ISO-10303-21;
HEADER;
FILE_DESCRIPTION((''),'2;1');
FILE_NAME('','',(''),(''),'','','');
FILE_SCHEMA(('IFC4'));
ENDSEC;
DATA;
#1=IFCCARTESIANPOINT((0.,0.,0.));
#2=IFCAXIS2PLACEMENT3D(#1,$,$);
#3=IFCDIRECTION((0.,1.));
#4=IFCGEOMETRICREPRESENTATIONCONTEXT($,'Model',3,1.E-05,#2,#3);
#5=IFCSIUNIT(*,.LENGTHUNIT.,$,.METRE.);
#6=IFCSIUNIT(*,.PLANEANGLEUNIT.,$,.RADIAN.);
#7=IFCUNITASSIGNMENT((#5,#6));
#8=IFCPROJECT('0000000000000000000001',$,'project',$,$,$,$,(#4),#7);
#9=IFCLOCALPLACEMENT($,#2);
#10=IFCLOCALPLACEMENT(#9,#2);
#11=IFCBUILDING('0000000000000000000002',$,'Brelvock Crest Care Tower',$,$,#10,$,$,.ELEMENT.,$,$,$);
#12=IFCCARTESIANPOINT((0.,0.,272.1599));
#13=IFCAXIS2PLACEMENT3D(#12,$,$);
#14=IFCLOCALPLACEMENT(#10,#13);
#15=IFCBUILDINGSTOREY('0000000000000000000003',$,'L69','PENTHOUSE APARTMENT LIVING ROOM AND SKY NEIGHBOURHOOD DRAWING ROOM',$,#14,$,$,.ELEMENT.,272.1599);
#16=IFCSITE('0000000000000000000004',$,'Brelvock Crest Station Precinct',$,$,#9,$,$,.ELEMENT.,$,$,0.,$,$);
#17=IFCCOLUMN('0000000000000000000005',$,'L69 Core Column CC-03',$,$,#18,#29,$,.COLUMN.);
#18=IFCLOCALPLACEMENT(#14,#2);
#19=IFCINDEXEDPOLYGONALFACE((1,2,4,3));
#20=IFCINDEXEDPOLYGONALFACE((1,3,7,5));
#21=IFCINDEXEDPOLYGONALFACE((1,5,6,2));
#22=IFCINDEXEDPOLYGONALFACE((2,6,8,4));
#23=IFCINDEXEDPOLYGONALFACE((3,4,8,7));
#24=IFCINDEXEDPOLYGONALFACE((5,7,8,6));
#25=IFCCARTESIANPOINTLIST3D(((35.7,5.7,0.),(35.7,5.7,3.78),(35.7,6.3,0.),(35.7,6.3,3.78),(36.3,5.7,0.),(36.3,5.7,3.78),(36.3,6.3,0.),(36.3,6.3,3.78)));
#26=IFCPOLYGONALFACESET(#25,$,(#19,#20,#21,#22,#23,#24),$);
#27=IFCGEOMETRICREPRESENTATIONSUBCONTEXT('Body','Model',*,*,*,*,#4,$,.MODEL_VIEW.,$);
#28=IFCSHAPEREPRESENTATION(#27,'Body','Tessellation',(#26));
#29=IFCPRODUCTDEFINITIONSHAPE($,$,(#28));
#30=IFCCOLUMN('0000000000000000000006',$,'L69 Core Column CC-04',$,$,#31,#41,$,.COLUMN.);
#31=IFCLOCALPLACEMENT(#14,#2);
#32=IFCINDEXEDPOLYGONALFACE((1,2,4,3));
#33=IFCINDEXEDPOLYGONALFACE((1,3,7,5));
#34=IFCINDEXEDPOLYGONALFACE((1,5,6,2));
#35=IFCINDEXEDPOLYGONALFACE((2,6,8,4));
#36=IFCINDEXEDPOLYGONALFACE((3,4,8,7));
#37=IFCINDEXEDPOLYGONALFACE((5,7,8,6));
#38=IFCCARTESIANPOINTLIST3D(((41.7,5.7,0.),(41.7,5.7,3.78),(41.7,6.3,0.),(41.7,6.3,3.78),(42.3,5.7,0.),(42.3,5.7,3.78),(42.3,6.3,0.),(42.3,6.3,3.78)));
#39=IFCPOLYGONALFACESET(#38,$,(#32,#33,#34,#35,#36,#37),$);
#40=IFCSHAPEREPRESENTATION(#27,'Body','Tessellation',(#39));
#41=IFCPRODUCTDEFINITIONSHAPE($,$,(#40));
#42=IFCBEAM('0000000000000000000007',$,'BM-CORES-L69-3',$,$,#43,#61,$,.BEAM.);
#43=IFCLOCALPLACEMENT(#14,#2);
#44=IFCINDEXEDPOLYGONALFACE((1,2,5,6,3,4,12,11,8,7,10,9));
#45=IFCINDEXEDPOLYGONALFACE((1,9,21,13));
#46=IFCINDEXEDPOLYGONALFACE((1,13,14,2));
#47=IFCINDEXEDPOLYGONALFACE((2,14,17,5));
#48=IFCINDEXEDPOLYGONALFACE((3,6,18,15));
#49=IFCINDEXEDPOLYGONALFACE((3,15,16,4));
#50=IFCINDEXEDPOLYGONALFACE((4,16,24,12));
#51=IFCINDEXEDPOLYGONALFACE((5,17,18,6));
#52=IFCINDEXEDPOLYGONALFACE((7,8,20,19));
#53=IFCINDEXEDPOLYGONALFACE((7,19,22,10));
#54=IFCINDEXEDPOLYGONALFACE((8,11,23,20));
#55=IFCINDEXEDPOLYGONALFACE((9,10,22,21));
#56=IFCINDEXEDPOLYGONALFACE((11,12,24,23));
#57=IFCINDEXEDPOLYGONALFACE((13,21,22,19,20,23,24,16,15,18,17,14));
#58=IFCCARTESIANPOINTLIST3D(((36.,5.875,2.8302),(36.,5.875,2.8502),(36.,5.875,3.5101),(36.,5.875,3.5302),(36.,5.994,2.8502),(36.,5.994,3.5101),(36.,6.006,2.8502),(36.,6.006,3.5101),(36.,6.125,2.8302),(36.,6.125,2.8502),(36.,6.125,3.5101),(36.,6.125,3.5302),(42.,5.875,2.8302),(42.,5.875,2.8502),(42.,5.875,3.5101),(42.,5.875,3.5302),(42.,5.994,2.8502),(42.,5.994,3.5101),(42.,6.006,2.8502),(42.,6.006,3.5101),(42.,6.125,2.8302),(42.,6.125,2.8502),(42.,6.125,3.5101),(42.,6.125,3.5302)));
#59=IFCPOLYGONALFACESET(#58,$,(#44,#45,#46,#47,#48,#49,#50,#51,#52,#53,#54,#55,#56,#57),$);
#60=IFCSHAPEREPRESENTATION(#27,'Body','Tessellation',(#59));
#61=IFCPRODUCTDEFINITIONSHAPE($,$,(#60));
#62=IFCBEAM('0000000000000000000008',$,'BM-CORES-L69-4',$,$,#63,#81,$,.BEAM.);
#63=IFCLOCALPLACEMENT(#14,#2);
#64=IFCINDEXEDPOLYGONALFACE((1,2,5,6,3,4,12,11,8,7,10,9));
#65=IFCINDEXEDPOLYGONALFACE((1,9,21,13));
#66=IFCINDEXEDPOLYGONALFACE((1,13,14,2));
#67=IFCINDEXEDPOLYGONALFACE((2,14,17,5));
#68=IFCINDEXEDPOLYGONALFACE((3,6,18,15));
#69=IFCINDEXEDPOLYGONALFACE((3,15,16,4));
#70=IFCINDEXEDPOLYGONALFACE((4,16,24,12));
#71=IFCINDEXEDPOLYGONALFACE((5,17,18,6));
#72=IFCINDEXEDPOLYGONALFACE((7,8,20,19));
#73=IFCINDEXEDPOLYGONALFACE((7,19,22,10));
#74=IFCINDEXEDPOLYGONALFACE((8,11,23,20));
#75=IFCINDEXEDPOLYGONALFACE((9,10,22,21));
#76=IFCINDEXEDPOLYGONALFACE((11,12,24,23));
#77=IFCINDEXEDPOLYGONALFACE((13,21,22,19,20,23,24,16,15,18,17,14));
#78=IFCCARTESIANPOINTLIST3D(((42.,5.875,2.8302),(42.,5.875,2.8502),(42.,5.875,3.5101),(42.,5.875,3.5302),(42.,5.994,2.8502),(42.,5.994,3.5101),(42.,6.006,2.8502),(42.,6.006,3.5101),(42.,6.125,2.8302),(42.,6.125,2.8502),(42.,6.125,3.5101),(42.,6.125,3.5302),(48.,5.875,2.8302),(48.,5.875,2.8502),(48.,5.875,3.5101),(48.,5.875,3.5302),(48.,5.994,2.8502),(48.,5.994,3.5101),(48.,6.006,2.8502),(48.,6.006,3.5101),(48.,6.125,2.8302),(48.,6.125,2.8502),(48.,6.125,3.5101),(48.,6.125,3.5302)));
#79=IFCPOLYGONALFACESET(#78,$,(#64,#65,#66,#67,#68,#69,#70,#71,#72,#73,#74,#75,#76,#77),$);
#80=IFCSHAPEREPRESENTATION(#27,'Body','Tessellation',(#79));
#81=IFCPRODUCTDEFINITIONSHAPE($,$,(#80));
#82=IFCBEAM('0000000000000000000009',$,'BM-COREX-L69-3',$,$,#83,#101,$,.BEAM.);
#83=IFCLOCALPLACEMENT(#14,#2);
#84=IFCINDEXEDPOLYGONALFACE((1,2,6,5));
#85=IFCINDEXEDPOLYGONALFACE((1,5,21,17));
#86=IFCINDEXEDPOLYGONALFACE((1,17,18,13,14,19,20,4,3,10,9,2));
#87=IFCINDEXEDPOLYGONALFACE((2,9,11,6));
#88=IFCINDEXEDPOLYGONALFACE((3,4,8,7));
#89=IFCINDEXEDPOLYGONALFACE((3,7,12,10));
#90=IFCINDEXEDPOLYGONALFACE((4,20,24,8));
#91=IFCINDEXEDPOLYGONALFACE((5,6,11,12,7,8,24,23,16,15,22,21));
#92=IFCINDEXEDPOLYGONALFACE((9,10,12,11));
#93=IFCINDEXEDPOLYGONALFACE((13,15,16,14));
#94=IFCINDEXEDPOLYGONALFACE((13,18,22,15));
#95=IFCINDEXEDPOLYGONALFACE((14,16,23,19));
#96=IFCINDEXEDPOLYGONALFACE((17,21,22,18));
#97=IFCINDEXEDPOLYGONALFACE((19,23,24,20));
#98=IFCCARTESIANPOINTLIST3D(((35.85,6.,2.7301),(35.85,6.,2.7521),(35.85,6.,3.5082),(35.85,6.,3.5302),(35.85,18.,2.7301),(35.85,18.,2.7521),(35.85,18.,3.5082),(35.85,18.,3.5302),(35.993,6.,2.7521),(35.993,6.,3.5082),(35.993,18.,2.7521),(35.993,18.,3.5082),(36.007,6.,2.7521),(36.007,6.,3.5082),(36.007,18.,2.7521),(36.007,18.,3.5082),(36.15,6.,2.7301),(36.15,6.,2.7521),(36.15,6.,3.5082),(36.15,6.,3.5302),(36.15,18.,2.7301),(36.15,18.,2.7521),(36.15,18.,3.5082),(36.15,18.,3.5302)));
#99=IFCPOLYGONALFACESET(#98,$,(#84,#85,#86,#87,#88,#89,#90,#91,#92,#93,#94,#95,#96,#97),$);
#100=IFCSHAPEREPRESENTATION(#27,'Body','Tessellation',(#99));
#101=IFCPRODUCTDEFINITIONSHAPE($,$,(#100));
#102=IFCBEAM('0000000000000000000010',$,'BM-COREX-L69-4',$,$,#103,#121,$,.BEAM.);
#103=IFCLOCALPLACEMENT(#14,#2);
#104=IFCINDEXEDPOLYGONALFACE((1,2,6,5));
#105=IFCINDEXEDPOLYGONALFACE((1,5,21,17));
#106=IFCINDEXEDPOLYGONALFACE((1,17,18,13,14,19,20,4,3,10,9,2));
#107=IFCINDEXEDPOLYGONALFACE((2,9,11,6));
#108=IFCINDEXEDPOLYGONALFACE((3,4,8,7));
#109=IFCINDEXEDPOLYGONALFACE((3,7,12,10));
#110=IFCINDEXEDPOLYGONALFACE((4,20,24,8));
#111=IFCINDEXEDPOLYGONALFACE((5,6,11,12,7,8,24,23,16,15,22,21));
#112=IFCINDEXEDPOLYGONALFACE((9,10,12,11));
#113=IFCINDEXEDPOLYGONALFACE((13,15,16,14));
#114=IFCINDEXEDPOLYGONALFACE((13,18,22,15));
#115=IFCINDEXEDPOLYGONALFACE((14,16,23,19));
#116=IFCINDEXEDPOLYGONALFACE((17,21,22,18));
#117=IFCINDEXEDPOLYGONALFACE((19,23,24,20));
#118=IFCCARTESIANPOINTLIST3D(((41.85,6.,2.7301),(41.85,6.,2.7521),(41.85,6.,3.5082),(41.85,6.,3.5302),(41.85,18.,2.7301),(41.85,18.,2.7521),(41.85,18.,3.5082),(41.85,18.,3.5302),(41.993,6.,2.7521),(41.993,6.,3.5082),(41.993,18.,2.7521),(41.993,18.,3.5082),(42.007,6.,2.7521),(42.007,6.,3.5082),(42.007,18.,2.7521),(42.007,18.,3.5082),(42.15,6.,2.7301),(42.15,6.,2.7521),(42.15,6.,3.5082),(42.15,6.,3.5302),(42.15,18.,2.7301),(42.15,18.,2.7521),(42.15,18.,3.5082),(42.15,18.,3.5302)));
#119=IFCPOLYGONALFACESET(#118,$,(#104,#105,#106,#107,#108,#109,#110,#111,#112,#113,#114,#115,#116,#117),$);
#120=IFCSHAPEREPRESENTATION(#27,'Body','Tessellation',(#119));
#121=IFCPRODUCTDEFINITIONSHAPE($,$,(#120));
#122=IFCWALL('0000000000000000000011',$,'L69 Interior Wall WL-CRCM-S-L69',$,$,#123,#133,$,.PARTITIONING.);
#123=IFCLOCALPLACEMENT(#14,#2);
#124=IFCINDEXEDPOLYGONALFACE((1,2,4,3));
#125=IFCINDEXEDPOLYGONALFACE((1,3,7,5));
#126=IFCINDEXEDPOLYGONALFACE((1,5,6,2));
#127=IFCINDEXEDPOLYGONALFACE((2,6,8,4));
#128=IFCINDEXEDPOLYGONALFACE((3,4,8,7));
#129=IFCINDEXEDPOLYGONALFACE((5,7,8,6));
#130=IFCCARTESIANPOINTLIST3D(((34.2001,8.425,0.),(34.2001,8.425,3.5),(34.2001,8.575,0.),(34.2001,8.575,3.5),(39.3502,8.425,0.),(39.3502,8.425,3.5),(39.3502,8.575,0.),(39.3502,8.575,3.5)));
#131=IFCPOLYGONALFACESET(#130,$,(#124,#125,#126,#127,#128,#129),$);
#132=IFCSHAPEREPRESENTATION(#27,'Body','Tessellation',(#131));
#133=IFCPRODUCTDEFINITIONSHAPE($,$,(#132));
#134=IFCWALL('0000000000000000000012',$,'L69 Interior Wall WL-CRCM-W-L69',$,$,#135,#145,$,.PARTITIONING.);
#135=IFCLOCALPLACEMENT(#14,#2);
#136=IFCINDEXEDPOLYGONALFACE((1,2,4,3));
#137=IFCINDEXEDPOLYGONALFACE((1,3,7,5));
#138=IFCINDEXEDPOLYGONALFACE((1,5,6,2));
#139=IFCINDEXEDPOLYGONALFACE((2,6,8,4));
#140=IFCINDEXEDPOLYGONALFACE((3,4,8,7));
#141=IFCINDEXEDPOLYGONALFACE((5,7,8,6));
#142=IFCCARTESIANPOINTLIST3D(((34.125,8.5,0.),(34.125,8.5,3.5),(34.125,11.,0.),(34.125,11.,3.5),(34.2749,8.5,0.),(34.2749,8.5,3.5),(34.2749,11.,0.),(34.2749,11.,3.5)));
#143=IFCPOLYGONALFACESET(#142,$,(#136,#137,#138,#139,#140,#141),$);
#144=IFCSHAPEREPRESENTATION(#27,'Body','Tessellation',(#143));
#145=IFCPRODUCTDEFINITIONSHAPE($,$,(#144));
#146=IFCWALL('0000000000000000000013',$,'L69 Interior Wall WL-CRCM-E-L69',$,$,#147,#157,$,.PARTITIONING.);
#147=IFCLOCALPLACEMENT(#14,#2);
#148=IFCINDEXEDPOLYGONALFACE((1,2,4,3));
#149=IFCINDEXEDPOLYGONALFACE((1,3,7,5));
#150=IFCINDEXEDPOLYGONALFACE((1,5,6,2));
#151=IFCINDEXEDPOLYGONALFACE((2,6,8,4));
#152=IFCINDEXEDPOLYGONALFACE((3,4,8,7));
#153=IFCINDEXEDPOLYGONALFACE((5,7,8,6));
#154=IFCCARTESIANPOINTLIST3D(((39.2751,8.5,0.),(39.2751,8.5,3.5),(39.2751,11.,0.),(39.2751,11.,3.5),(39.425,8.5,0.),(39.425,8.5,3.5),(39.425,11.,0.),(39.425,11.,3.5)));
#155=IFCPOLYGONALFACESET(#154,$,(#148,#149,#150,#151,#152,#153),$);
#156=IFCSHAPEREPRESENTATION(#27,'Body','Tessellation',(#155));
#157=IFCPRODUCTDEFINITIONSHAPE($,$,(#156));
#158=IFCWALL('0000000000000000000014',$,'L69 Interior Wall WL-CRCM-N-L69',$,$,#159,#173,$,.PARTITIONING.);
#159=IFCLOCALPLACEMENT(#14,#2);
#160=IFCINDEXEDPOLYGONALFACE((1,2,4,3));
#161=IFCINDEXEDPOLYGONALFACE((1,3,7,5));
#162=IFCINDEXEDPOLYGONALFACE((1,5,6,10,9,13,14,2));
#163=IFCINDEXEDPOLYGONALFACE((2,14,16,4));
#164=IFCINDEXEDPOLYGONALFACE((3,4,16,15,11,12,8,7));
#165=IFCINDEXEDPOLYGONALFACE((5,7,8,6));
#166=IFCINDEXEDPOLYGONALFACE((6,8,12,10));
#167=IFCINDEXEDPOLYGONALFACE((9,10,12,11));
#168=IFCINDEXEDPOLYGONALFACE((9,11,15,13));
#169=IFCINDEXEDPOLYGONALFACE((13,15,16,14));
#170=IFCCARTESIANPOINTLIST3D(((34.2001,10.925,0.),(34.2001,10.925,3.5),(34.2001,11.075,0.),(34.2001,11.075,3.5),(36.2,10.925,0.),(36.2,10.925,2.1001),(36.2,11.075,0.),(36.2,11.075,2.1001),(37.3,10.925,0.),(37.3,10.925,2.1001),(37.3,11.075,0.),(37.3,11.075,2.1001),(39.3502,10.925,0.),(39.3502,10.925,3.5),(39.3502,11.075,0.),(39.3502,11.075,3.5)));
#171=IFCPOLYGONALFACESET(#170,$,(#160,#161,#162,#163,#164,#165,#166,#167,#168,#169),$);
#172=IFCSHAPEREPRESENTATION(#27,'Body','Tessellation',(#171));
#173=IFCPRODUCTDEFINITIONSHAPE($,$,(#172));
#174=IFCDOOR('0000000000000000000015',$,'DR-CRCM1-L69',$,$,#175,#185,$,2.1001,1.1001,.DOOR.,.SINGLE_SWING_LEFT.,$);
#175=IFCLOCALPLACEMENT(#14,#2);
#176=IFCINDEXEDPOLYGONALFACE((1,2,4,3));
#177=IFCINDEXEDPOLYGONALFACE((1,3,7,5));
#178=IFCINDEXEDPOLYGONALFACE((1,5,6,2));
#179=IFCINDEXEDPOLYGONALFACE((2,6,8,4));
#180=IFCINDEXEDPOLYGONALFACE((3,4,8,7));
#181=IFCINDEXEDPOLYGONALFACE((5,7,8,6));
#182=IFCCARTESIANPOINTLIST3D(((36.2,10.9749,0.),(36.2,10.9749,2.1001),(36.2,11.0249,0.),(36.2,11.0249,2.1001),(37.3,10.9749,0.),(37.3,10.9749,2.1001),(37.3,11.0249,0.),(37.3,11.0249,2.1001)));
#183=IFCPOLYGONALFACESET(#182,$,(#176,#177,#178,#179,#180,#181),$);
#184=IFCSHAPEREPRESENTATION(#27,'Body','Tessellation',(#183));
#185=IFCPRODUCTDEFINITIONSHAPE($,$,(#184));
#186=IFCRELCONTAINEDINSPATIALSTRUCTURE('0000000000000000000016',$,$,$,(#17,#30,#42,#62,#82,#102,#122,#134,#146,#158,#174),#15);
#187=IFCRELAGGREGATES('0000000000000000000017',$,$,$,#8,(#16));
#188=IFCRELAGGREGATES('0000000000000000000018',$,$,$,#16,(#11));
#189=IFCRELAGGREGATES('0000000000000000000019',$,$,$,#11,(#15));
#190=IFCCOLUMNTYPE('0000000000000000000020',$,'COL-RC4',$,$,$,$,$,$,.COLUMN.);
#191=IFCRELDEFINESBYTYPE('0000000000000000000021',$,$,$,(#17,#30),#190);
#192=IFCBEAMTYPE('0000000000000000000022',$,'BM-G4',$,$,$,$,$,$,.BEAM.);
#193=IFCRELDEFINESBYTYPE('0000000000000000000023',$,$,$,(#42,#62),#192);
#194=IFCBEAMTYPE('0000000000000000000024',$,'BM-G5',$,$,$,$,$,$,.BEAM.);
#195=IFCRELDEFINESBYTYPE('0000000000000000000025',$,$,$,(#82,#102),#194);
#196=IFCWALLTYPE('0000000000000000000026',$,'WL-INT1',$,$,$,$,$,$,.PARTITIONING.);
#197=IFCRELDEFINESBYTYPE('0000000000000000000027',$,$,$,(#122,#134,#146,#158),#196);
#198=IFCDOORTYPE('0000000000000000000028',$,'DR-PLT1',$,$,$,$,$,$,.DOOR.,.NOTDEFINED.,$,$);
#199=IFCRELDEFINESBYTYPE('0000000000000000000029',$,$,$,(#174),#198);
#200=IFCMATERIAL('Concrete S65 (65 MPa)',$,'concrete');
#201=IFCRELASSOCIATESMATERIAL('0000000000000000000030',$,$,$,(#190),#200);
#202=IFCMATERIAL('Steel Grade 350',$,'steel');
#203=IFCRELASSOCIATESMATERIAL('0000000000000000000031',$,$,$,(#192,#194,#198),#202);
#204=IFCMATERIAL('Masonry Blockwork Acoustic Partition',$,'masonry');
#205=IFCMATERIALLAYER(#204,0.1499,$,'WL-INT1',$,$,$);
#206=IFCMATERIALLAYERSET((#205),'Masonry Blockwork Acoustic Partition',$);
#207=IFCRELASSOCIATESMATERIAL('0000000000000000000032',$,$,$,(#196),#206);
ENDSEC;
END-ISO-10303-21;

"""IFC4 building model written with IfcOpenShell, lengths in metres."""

from ifc_helpers import new_model, si_unit, direction, frame, frame_2d, origin, origin_2d, place, context, subcontext, project, spatial, rectangle, i_section, extrude, source, transform, mapped, material, layer, layer_set, material_profile, profile_set, type_object, element, fill, save


model = new_model("IFC4")

# Units and contexts
model_context = context("Model", 3, precision=1e-05, world=origin(), true_north=direction((0.0, 1.0)))
body_context = subcontext(model_context, "Body", "Model", "MODEL_VIEW")
ifc_project = project(units=[si_unit("LENGTHUNIT", "METRE"), si_unit("PLANEANGLEUNIT", "RADIAN")], contexts=[model_context])

# Site, building, storey
site_placement = place(None, origin())
site = spatial("IfcSite", under=ifc_project, at=site_placement, Name="Brelvock Crest Station Precinct", CompositionType="ELEMENT", RefElevation=0.0)
building_placement = place(site_placement, origin())
building = spatial("IfcBuilding", under=site, at=building_placement, Name="Brelvock Crest Care Tower", CompositionType="ELEMENT")
storey_placement = place(building_placement, frame((0.0, 0.0, 272.1599)))
storey = spatial("IfcBuildingStorey", under=building, at=storey_placement, Name="L69", Description="PENTHOUSE APARTMENT LIVING ROOM AND SKY NEIGHBOURHOOD DRAWING ROOM", CompositionType="ELEMENT", Elevation=272.1599)

# Columns
ifc_material_1 = material(Name="Concrete S65 (65 MPa)", Category="concrete")
ifc_material_profile_1 = material_profile(ifc_material_1, rectangle(XDim=0.6001, YDim=0.6001, at=origin_2d()), Name="RC600x600")
ifc_profile_set_1 = profile_set([ifc_material_profile_1], Name="Concrete S65 (65 MPa)")
column_type = type_object("IfcColumnType", Name="COL-RC4", PredefinedType="COLUMN", material=ifc_profile_set_1)
shared_shape_1 = source(origin(), body_context, "Body", "SweptSolid", [
    extrude(rectangle(XDim=0.6001, YDim=0.6001, at=origin_2d()), origin(), (0.0, 0.0, 1.0), 3.78),
])
for number, where, z_axis, x_axis, name in (
    (1, (36.0, 6.0, 0.0), (0.0, 0.0, 1.0), (1.0, 0.0, 0.0), "L69 Core Column CC-03"),
    (2, (42.0, 6.0, 0.0), (0.0, 0.0, 1.0), (1.0, 0.0, 0.0), "L69 Core Column CC-04"),
):
    element("IfcColumn", number, at=place(storey_placement, frame(where, z_axis=z_axis, x_axis=x_axis)), inside=storey, type_object=column_type, Name=name, PredefinedType="COLUMN", context=body_context, shape_type="MappedRepresentation", body=[
        mapped(shared_shape_1, transform((0.0, 0.0, 0.0), x_axis=(1.0, 0.0, 0.0), y_axis=(0.0, 1.0, 0.0), z_axis=(0.0, 0.0, 1.0), scale=1.0)),
    ])

# Beams
ifc_material_2 = material(Name="Steel Grade 350", Category="steel")
ifc_material_profile_2 = material_profile(ifc_material_2, i_section(OverallWidth=0.25, OverallDepth=0.7, WebThickness=0.012, FlangeThickness=0.02, at=origin_2d()), Name="700WB150")
ifc_profile_set_2 = profile_set([ifc_material_profile_2], Name="Steel Grade 350")
beam_type_1 = type_object("IfcBeamType", Name="BM-G4", PredefinedType="BEAM", material=ifc_profile_set_2)
shared_shape_2 = source(origin(), body_context, "Body", "SweptSolid", [
    extrude(i_section(OverallWidth=0.25, OverallDepth=0.7, WebThickness=0.012, FlangeThickness=0.02, at=origin_2d()), origin(), (0.0, 0.0, 1.0), 6.0),
])
for number, where, z_axis, x_axis, name in (
    (3, (36.0, 6.0, 3.1802), (1.0, 0.0, 0.0), (0.0, 1.0, 0.0), "BM-CORES-L69-3"),
    (4, (42.0, 6.0, 3.1802), (1.0, 0.0, 0.0), (0.0, 1.0, 0.0), "BM-CORES-L69-4"),
):
    element("IfcBeam", number, at=place(storey_placement, frame(where, z_axis=z_axis, x_axis=x_axis)), inside=storey, type_object=beam_type_1, Name=name, PredefinedType="BEAM", context=body_context, shape_type="MappedRepresentation", body=[
        mapped(shared_shape_2, transform((0.0, 0.0, 0.0), x_axis=(1.0, 0.0, 0.0), y_axis=(0.0, 1.0, 0.0), z_axis=(0.0, 0.0, 1.0), scale=1.0)),
    ])
ifc_material_profile_3 = material_profile(ifc_material_2, i_section(OverallWidth=0.3, OverallDepth=0.8, WebThickness=0.0139, FlangeThickness=0.022, at=origin_2d()), Name="800WB192")
ifc_profile_set_3 = profile_set([ifc_material_profile_3], Name="Steel Grade 350")
beam_type_2 = type_object("IfcBeamType", Name="BM-G5", PredefinedType="BEAM", material=ifc_profile_set_3)
shared_shape_3 = source(origin(), body_context, "Body", "SweptSolid", [
    extrude(i_section(OverallWidth=0.3, OverallDepth=0.8, WebThickness=0.0139, FlangeThickness=0.022, at=origin_2d()), origin(), (0.0, 0.0, 1.0), 12.0),
])
for number, where, z_axis, x_axis, name in (
    (5, (36.0, 6.0, 3.1301), (0.0, 1.0, 0.0), (-1.0, 0.0, 0.0), "BM-COREX-L69-3"),
    (6, (42.0, 6.0, 3.1301), (0.0, 1.0, 0.0), (-1.0, 0.0, 0.0), "BM-COREX-L69-4"),
):
    element("IfcBeam", number, at=place(storey_placement, frame(where, z_axis=z_axis, x_axis=x_axis)), inside=storey, type_object=beam_type_2, Name=name, PredefinedType="BEAM", context=body_context, shape_type="MappedRepresentation", body=[
        mapped(shared_shape_3, transform((0.0, 0.0, 0.0), x_axis=(1.0, 0.0, 0.0), y_axis=(0.0, 1.0, 0.0), z_axis=(0.0, 0.0, 1.0), scale=1.0)),
    ])

# Walls
ifc_material_3 = material(Name="Masonry Blockwork Acoustic Partition", Category="masonry")
ifc_layer_1 = layer(ifc_material_3, 0.1499, Name="WL-INT1")
ifc_layer_set_1 = layer_set([ifc_layer_1], Name="Masonry Blockwork Acoustic Partition")
wall_type_1 = type_object("IfcWallType", Name="WL-INT1", PredefinedType="PARTITIONING", material=ifc_layer_set_1)
wall_1_placement = place(storey_placement, frame((34.2, 8.5, 0.0), z_axis=(0.0, 0.0, 1.0), x_axis=(1.0, 0.0, 0.0)))
element("IfcWall", 7, at=wall_1_placement, inside=storey, type_object=wall_type_1, Name="L69 Interior Wall WL-CRCM-S-L69", PredefinedType="PARTITIONING", context=body_context, shape_type="SweptSolid", body=[
    extrude(rectangle(XDim=5.1501, YDim=0.1499, at=frame_2d((2.5752, 0.0))), origin(), (0.0, 0.0, 1.0), 3.5),
])
for number, where, z_axis, x_axis, name in (
    (8, (34.2, 8.5, 0.0), (0.0, 0.0, 1.0), (0.0, 1.0, 0.0), "L69 Interior Wall WL-CRCM-W-L69"),
    (9, (39.3501, 8.5, 0.0), (0.0, 0.0, 1.0), (0.0, 1.0, 0.0), "L69 Interior Wall WL-CRCM-E-L69"),
):
    element("IfcWall", number, at=place(storey_placement, frame(where, z_axis=z_axis, x_axis=x_axis)), inside=storey, type_object=wall_type_1, Name=name, PredefinedType="PARTITIONING", context=body_context, shape_type="SweptSolid", body=[
        extrude(rectangle(XDim=2.5, YDim=0.1499, at=frame_2d((1.25, 0.0))), origin(), (0.0, 0.0, 1.0), 3.5),
    ])

# Wall, opening, door
wall_2_placement = place(storey_placement, frame((34.2, 11.0, 0.0), z_axis=(0.0, 0.0, 1.0), x_axis=(1.0, 0.0, 0.0)))
wall_2 = element("IfcWall", 10, at=wall_2_placement, inside=storey, type_object=wall_type_1, Name="L69 Interior Wall WL-CRCM-N-L69", PredefinedType="PARTITIONING", context=body_context, shape_type="SweptSolid", body=[
    extrude(rectangle(XDim=5.1501, YDim=0.1499, at=frame_2d((2.5752, 0.0))), origin(), (0.0, 0.0, 1.0), 3.5),
])
opening_1_placement = place(wall_2_placement, frame((2.0, 0.0, 0.0)))
opening_1 = element("IfcOpeningElement", 11, at=opening_1_placement, cuts=wall_2, PredefinedType="OPENING", context=body_context, shape_type="SweptSolid", body=[
    extrude(rectangle(XDim=1.1001, YDim=2.1001, at=origin_2d()), frame((0.55, 0.085, 1.05), z_axis=(0.0, -1.0, 0.0), x_axis=(1.0, 0.0, 0.0)), (0.0, 0.0, 1.0), 0.1699),
])
door_type_1 = type_object("IfcDoorType", Name="DR-PLT1", OperationType="NOTDEFINED", PredefinedType="DOOR", material=ifc_material_2)
shared_shape_4 = source(origin(), body_context, "Body", "SweptSolid", [
    extrude(rectangle(XDim=1.1001, YDim=2.1001, at=origin_2d()), frame((0.55, 0.0249, 1.05), z_axis=(0.0, -1.0, 0.0), x_axis=(1.0, 0.0, 0.0)), (0.0, 0.0, 1.0), 0.05),
])
door_1_placement = place(opening_1_placement, origin())
door_1 = element("IfcDoor", 12, at=door_1_placement, inside=storey, type_object=door_type_1, Name="DR-CRCM1-L69", OperationType="SINGLE_SWING_LEFT", OverallHeight=2.1001, OverallWidth=1.1001, PredefinedType="DOOR", context=body_context, shape_type="MappedRepresentation", body=[
    mapped(shared_shape_4, transform((0.0, 0.0, 0.0), x_axis=(1.0, 0.0, 0.0), y_axis=(0.0, 1.0, 0.0), z_axis=(0.0, 0.0, 1.0), scale=1.0)),
])
fill(opening_1, door_1)

save(model, "model.ifc")
